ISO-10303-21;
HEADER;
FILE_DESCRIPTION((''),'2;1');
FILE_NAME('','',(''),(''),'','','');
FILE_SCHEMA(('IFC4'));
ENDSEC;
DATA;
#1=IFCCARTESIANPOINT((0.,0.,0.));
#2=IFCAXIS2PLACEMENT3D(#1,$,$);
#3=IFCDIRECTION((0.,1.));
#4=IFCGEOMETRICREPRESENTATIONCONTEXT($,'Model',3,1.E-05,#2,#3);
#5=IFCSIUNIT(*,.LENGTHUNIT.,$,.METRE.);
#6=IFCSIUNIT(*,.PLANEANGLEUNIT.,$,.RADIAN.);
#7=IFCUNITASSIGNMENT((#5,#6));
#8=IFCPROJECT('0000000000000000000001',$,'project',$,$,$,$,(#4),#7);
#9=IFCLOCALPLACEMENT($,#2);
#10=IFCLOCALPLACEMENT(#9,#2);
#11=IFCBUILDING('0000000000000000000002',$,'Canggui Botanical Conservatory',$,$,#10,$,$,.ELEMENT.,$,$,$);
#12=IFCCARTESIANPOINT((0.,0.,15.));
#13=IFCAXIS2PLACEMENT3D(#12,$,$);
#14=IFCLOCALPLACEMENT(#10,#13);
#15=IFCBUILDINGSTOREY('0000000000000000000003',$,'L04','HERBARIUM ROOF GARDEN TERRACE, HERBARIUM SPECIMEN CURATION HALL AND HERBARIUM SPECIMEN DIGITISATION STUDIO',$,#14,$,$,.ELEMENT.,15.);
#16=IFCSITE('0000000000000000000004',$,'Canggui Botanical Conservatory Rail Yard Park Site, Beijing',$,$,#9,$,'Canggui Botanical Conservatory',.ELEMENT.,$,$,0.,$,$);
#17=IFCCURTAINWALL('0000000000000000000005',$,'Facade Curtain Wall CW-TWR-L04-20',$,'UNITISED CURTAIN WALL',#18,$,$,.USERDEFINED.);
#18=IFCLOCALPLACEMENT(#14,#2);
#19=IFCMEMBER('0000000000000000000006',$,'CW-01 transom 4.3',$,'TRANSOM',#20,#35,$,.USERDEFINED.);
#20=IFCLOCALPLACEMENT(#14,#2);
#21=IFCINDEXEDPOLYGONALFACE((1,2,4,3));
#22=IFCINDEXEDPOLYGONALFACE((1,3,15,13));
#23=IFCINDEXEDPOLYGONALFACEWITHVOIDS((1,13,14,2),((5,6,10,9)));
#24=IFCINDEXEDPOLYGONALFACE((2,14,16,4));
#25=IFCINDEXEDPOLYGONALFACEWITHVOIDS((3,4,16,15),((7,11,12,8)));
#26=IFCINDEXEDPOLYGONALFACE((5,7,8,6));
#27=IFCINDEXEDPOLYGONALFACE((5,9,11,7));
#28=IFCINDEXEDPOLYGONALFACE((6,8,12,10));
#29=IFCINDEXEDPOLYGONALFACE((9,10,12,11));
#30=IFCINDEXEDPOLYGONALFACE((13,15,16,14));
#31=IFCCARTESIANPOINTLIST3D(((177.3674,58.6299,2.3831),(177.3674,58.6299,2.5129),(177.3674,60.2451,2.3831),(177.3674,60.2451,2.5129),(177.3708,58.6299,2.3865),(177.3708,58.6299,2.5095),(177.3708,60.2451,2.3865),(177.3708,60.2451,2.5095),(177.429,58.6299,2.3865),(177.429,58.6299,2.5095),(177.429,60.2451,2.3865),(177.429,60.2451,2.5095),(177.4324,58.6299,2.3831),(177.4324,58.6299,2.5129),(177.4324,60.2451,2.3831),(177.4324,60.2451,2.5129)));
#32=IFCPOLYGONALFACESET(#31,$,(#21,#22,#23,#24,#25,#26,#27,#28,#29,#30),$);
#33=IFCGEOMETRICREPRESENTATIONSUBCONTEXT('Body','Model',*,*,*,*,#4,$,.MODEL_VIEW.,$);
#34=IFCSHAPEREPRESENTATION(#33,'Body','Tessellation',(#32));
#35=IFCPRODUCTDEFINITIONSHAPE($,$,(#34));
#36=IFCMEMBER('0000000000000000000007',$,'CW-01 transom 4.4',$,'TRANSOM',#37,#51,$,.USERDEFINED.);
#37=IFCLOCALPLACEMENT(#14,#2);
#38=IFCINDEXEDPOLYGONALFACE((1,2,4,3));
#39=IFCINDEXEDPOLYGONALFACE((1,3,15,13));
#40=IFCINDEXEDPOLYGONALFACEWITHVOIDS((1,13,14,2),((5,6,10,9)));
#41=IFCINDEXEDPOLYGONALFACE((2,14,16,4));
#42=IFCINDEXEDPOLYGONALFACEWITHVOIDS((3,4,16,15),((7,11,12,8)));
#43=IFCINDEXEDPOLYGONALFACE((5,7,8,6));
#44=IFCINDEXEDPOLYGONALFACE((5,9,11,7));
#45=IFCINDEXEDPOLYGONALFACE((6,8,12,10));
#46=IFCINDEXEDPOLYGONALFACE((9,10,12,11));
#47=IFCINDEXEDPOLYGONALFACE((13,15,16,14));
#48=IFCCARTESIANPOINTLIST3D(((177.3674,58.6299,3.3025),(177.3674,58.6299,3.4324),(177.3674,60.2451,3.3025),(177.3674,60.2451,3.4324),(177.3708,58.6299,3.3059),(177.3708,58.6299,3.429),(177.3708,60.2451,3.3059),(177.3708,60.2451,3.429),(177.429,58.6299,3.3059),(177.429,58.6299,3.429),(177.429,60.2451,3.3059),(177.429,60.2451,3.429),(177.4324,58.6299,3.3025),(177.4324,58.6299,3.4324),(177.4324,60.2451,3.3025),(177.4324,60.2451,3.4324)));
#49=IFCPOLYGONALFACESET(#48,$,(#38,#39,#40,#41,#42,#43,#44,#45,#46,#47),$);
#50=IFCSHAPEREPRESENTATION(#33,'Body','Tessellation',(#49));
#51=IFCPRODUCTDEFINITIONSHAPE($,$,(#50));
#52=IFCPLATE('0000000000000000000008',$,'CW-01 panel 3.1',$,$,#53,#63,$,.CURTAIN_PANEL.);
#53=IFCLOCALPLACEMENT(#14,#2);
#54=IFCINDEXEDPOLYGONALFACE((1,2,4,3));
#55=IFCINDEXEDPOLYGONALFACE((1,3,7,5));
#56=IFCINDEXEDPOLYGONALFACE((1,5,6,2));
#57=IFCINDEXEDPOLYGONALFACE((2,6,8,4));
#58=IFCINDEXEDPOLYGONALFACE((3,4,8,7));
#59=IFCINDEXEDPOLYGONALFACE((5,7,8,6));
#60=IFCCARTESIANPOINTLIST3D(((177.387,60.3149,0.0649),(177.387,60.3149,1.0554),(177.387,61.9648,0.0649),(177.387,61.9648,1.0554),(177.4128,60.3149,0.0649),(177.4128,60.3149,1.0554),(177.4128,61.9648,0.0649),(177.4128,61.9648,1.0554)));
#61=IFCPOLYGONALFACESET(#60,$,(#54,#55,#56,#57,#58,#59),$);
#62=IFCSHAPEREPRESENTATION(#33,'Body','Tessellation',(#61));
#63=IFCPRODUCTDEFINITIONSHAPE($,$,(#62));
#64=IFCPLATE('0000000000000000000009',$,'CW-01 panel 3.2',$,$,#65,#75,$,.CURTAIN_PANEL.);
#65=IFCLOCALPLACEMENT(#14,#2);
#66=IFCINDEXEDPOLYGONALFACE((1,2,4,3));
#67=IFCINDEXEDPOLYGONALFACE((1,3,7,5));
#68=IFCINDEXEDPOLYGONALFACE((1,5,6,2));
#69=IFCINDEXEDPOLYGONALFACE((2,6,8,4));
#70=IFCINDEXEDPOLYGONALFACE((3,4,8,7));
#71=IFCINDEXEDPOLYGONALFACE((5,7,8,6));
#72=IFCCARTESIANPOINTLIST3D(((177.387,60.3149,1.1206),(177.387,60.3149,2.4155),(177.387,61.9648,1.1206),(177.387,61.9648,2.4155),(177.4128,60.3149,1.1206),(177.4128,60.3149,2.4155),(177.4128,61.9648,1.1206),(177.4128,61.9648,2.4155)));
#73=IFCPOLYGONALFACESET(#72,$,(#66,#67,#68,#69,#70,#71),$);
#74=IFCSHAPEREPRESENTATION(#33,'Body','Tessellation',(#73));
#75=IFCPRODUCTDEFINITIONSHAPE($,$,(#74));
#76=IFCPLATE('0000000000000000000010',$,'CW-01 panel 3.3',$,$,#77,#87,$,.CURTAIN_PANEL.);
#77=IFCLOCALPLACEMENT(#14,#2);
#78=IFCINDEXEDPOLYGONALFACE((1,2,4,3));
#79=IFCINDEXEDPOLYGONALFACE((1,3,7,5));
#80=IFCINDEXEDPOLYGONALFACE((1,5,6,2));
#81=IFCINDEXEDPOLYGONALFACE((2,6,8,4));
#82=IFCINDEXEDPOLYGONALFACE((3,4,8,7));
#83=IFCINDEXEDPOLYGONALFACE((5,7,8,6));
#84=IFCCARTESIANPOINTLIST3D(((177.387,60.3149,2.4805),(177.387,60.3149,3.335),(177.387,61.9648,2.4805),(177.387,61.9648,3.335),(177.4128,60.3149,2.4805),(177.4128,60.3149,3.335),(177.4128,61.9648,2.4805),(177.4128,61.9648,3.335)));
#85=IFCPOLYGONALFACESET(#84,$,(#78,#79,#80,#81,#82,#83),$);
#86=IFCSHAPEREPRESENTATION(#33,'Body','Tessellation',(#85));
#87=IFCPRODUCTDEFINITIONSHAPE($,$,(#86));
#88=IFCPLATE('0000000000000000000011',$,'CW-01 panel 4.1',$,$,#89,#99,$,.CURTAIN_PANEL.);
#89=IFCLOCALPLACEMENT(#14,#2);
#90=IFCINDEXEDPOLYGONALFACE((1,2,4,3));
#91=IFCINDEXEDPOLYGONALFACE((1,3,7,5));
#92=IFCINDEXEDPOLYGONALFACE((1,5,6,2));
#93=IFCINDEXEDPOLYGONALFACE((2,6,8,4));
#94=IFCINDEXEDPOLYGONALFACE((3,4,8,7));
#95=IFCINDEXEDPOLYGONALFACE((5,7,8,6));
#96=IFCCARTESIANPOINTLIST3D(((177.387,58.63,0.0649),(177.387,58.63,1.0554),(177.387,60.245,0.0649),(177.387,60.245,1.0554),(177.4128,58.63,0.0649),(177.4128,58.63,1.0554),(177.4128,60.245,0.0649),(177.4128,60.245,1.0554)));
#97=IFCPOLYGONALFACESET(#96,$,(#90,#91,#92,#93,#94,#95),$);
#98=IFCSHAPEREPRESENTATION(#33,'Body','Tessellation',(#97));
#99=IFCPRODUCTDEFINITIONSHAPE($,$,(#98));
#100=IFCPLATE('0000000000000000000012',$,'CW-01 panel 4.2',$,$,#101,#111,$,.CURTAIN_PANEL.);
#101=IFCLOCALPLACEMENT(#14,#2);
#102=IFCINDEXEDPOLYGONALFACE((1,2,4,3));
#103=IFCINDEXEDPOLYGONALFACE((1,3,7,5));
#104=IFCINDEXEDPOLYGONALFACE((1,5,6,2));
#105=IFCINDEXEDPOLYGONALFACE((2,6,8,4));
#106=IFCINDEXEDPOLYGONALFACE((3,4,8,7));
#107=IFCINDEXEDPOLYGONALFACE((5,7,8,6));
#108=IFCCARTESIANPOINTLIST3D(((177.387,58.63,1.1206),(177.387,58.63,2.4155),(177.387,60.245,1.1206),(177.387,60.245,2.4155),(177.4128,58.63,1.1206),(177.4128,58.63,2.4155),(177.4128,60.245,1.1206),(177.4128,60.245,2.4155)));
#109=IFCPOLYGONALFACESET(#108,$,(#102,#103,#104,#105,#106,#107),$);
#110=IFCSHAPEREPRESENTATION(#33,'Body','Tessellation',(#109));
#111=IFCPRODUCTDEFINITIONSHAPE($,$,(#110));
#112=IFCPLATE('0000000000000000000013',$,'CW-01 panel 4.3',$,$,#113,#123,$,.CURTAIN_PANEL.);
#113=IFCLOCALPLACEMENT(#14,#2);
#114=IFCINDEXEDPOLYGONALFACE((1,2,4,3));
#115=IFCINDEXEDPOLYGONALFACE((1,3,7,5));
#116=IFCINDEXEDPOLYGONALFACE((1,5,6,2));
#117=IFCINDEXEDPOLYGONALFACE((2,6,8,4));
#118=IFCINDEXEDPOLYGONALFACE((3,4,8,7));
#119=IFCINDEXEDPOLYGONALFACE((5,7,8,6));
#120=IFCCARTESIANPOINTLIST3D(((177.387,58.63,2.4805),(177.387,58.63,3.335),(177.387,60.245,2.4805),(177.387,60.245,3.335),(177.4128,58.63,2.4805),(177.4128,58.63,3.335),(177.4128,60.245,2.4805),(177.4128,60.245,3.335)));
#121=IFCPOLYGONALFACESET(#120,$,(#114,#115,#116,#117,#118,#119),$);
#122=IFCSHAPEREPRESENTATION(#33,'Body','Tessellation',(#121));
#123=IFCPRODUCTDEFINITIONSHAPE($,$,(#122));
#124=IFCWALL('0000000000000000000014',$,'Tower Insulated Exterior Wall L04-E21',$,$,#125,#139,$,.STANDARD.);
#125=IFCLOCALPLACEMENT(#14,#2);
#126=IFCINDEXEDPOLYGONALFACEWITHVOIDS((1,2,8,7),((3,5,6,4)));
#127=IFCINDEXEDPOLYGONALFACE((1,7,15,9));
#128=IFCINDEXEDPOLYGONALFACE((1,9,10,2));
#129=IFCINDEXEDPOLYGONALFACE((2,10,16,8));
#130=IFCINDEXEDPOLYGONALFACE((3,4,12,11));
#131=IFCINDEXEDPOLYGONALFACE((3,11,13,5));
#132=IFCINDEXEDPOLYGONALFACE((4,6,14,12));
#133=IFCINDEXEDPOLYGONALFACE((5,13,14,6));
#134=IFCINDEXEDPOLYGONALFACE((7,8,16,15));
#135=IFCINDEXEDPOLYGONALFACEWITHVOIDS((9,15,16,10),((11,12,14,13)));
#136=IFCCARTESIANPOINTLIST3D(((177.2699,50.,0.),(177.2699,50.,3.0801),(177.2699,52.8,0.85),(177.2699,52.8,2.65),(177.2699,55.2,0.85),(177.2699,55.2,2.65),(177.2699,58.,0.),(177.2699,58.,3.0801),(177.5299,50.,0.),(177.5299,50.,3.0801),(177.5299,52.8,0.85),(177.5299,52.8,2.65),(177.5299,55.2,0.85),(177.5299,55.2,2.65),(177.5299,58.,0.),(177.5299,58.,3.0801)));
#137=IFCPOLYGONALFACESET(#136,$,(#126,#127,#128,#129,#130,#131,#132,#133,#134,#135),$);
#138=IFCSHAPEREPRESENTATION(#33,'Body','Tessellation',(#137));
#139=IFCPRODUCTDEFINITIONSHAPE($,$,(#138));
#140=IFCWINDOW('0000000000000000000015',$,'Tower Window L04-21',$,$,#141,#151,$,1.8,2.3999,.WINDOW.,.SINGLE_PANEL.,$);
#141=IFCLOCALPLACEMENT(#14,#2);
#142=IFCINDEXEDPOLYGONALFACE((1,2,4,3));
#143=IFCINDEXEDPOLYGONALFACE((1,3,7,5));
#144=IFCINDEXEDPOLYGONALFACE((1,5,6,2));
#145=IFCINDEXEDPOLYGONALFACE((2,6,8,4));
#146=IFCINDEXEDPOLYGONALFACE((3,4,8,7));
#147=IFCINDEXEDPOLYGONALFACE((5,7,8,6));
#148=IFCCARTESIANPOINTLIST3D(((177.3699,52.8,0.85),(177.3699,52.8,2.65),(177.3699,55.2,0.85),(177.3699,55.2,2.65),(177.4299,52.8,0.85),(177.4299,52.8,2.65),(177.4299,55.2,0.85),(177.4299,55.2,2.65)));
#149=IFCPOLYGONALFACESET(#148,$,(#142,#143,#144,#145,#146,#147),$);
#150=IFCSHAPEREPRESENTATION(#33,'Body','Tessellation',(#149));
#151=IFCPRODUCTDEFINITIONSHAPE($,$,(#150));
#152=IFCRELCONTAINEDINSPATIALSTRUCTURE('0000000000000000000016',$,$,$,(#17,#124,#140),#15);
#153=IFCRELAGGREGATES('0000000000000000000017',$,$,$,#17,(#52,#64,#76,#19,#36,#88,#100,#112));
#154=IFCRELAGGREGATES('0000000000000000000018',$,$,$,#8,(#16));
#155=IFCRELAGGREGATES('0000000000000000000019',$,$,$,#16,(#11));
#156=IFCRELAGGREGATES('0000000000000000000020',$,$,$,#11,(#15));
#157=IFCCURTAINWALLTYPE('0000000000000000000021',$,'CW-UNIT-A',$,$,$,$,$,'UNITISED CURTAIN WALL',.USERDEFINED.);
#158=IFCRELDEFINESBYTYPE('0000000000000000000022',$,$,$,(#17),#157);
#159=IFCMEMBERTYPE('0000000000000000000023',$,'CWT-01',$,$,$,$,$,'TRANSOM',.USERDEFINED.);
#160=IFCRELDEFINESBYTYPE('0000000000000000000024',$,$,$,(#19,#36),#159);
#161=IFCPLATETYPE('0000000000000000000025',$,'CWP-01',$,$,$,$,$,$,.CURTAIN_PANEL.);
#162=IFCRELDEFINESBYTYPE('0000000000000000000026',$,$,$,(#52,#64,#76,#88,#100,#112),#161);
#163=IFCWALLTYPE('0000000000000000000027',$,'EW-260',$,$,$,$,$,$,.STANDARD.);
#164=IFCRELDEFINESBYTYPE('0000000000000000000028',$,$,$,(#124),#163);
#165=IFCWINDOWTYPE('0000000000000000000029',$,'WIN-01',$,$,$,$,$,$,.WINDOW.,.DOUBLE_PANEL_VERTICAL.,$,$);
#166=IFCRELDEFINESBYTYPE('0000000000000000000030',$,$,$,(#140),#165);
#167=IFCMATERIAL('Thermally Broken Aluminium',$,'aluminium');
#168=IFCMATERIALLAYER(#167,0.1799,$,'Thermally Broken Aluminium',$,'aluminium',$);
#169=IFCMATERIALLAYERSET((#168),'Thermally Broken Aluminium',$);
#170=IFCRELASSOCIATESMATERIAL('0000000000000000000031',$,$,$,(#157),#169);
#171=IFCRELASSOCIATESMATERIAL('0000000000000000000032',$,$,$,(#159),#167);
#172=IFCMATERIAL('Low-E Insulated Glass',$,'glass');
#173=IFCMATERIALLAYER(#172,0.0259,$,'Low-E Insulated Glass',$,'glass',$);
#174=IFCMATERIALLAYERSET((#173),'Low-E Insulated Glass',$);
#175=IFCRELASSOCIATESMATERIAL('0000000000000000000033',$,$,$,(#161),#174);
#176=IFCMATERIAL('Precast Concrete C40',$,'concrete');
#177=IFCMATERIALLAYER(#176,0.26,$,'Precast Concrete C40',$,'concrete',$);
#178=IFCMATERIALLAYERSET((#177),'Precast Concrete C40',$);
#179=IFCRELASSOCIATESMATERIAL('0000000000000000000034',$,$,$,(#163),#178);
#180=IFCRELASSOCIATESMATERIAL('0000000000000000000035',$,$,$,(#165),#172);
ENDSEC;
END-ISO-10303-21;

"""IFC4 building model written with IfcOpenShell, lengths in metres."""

from ifc_helpers import new_model, si_unit, direction, frame, frame_2d, origin, origin_2d, place, context, subcontext, project, spatial, rectangle, hollow_rectangle, extrude, material, layer, layer_set, material_profile, profile_set, type_object, element, fill, aggregate, save


model = new_model("IFC4")

# Units and contexts
model_context = context("Model", 3, precision=1e-05, world=origin(), true_north=direction((0.0, 1.0)))
body_context = subcontext(model_context, "Body", "Model", "MODEL_VIEW")
ifc_project = project(units=[si_unit("LENGTHUNIT", "METRE"), si_unit("PLANEANGLEUNIT", "RADIAN")], contexts=[model_context])

# Site, building, storey
site_placement = place(None, origin())
site = spatial("IfcSite", under=ifc_project, at=site_placement, Name="Canggui Botanical Conservatory Rail Yard Park Site, Beijing", LongName="Canggui Botanical Conservatory", CompositionType="ELEMENT", RefElevation=0.0)
building_placement = place(site_placement, origin())
building = spatial("IfcBuilding", under=site, at=building_placement, Name="Canggui Botanical Conservatory", CompositionType="ELEMENT")
storey_placement = place(building_placement, frame((0.0, 0.0, 15.0)))
storey = spatial("IfcBuildingStorey", under=building, at=storey_placement, Name="L04", Description="HERBARIUM ROOF GARDEN TERRACE, HERBARIUM SPECIMEN CURATION HALL AND HERBARIUM SPECIMEN DIGITISATION STUDIO", CompositionType="ELEMENT", Elevation=15.0)

# Curtain wall, members, plates
ifc_material_1 = material(Name="Thermally Broken Aluminium", Category="aluminium")
ifc_layer_1 = layer(ifc_material_1, 0.1799, Name="Thermally Broken Aluminium", Category="aluminium")
ifc_layer_set_1 = layer_set([ifc_layer_1], Name="Thermally Broken Aluminium")
curtain_wall_type = type_object("IfcCurtainWallType", Name="CW-UNIT-A", ElementType="UNITISED CURTAIN WALL", PredefinedType="USERDEFINED", material=ifc_layer_set_1)
curtain_wall_placement = place(storey_placement, origin())
curtain_wall = element("IfcCurtainWall", 1, at=curtain_wall_placement, inside=storey, type_object=curtain_wall_type, Name="Facade Curtain Wall CW-TWR-L04-20", ObjectType="UNITISED CURTAIN WALL", PredefinedType="USERDEFINED")
ifc_material_profile_1 = material_profile(ifc_material_1, hollow_rectangle(XDim=0.0649, YDim=0.1299, WallThickness=0.0034, at=origin_2d()), Name="CWT 65x130x3.5")
ifc_profile_set_1 = profile_set([ifc_material_profile_1], Name="Thermally Broken Aluminium")
member_type_1 = type_object("IfcMemberType", Name="CWT-01", ElementType="TRANSOM", PredefinedType="USERDEFINED", material=ifc_profile_set_1)
member_1_placement = place(storey_placement, frame((177.3999, 60.2451, 2.448), z_axis=(0.0, -1.0, 0.0), x_axis=(1.0, 0.0, 0.0)))
member_1 = element("IfcMember", 2, at=member_1_placement, type_object=member_type_1, Name="CW-01 transom 4.3", ObjectType="TRANSOM", PredefinedType="USERDEFINED", context=body_context, shape_type="SweptSolid", body=[
    extrude(hollow_rectangle(XDim=0.0649, YDim=0.1299, WallThickness=0.0034, at=origin_2d()), origin(), (0.0, 0.0, 1.0), 1.6152),
])
member_2_placement = place(storey_placement, frame((177.3999, 60.2451, 3.3674), z_axis=(0.0, -1.0, 0.0), x_axis=(1.0, 0.0, 0.0)))
member_2 = element("IfcMember", 3, at=member_2_placement, type_object=member_type_1, Name="CW-01 transom 4.4", ObjectType="TRANSOM", PredefinedType="USERDEFINED", context=body_context, shape_type="SweptSolid", body=[
    extrude(hollow_rectangle(XDim=0.0649, YDim=0.1299, WallThickness=0.0034, at=origin_2d()), origin(), (0.0, 0.0, 1.0), 1.6152),
])
ifc_material_2 = material(Name="Low-E Insulated Glass", Category="glass")
ifc_layer_2 = layer(ifc_material_2, 0.0259, Name="Low-E Insulated Glass", Category="glass")
ifc_layer_set_2 = layer_set([ifc_layer_2], Name="Low-E Insulated Glass")
plate_type = type_object("IfcPlateType", Name="CWP-01", PredefinedType="CURTAIN_PANEL", material=ifc_layer_set_2)
plate_1_placement = place(storey_placement, frame((177.3999, 61.1399, 0.0649), z_axis=(0.0, 0.0, 1.0), x_axis=(0.0, -1.0, 0.0)))
plate_1 = element("IfcPlate", 4, at=plate_1_placement, type_object=plate_type, Name="CW-01 panel 3.1", PredefinedType="CURTAIN_PANEL", context=body_context, shape_type="SweptSolid", body=[
    extrude(rectangle(XDim=1.6499, YDim=0.0259, at=origin_2d()), origin(), (0.0, 0.0, 1.0), 0.9905),
])
plate_2_placement = place(storey_placement, frame((177.3999, 61.1399, 1.1206), z_axis=(0.0, 0.0, 1.0), x_axis=(0.0, -1.0, 0.0)))
plate_2 = element("IfcPlate", 5, at=plate_2_placement, type_object=plate_type, Name="CW-01 panel 3.2", PredefinedType="CURTAIN_PANEL", context=body_context, shape_type="SweptSolid", body=[
    extrude(rectangle(XDim=1.6499, YDim=0.0259, at=origin_2d()), origin(), (0.0, 0.0, 1.0), 1.2949),
])
plate_3_placement = place(storey_placement, frame((177.3999, 61.1399, 2.4805), z_axis=(0.0, 0.0, 1.0), x_axis=(0.0, -1.0, 0.0)))
plate_3 = element("IfcPlate", 6, at=plate_3_placement, type_object=plate_type, Name="CW-01 panel 3.3", PredefinedType="CURTAIN_PANEL", context=body_context, shape_type="SweptSolid", body=[
    extrude(rectangle(XDim=1.6499, YDim=0.0259, at=origin_2d()), origin(), (0.0, 0.0, 1.0), 0.8545),
])
plate_4_placement = place(storey_placement, frame((177.3999, 59.4375, 0.0649), z_axis=(0.0, 0.0, 1.0), x_axis=(0.0, -1.0, 0.0)))
plate_4 = element("IfcPlate", 7, at=plate_4_placement, type_object=plate_type, Name="CW-01 panel 4.1", PredefinedType="CURTAIN_PANEL", context=body_context, shape_type="SweptSolid", body=[
    extrude(rectangle(XDim=1.615, YDim=0.0259, at=origin_2d()), origin(), (0.0, 0.0, 1.0), 0.9905),
])
plate_5_placement = place(storey_placement, frame((177.3999, 59.4375, 1.1206), z_axis=(0.0, 0.0, 1.0), x_axis=(0.0, -1.0, 0.0)))
plate_5 = element("IfcPlate", 8, at=plate_5_placement, type_object=plate_type, Name="CW-01 panel 4.2", PredefinedType="CURTAIN_PANEL", context=body_context, shape_type="SweptSolid", body=[
    extrude(rectangle(XDim=1.615, YDim=0.0259, at=origin_2d()), origin(), (0.0, 0.0, 1.0), 1.2949),
])
plate_6_placement = place(storey_placement, frame((177.3999, 59.4375, 2.4805), z_axis=(0.0, 0.0, 1.0), x_axis=(0.0, -1.0, 0.0)))
plate_6 = element("IfcPlate", 9, at=plate_6_placement, type_object=plate_type, Name="CW-01 panel 4.3", PredefinedType="CURTAIN_PANEL", context=body_context, shape_type="SweptSolid", body=[
    extrude(rectangle(XDim=1.615, YDim=0.0259, at=origin_2d()), origin(), (0.0, 0.0, 1.0), 0.8545),
])
aggregate(curtain_wall, [plate_1, plate_2, plate_3, member_1, member_2, plate_4, plate_5, plate_6])

# Wall, opening, window
ifc_material_3 = material(Name="Precast Concrete C40", Category="concrete")
ifc_layer_3 = layer(ifc_material_3, 0.26, Name="Precast Concrete C40", Category="concrete")
ifc_layer_set_3 = layer_set([ifc_layer_3], Name="Precast Concrete C40")
wall_type = type_object("IfcWallType", Name="EW-260", PredefinedType="STANDARD", material=ifc_layer_set_3)
wall_placement = place(storey_placement, frame((177.3999, 58.0, 0.0), z_axis=(0.0, 0.0, 1.0), x_axis=(0.0, -1.0, 0.0)))
wall = element("IfcWall", 10, at=wall_placement, inside=storey, type_object=wall_type, Name="Tower Insulated Exterior Wall L04-E21", PredefinedType="STANDARD", context=body_context, shape_type="SweptSolid", body=[
    extrude(rectangle(XDim=8.0, YDim=0.26, at=frame_2d((4.0, 0.0))), origin(), (0.0, 0.0, 1.0), 3.0801),
])
opening_placement = place(wall_placement, frame((2.8, 0.0, 0.8501)))
opening = element("IfcOpeningElement", 11, at=opening_placement, cuts=wall, PredefinedType="OPENING", context=body_context, shape_type="SweptSolid", body=[
    extrude(rectangle(XDim=2.3999, YDim=1.8, at=frame_2d((1.2, 0.8999))), frame((0.0, 0.1401, 0.0), z_axis=(0.0, -1.0, 0.0), x_axis=(1.0, 0.0, 0.0)), (0.0, 0.0, 1.0), 0.28),
])
window_type = type_object("IfcWindowType", Name="WIN-01", PartitioningType="DOUBLE_PANEL_VERTICAL", PredefinedType="WINDOW", material=ifc_material_2)
window_placement = place(opening_placement, origin())
window = element("IfcWindow", 12, at=window_placement, inside=storey, type_object=window_type, Name="Tower Window L04-21", OverallHeight=1.8, OverallWidth=2.3999, PartitioningType="SINGLE_PANEL", PredefinedType="WINDOW", context=body_context, shape_type="SweptSolid", body=[
    extrude(rectangle(XDim=2.3999, YDim=1.8, at=frame_2d((1.2, 0.8999))), frame((0.0, 0.03, 0.0), z_axis=(0.0, -1.0, 0.0), x_axis=(1.0, 0.0, 0.0)), (0.0, 0.0, 1.0), 0.0601),
])
fill(opening, window)

save(model, "model.ifc")
